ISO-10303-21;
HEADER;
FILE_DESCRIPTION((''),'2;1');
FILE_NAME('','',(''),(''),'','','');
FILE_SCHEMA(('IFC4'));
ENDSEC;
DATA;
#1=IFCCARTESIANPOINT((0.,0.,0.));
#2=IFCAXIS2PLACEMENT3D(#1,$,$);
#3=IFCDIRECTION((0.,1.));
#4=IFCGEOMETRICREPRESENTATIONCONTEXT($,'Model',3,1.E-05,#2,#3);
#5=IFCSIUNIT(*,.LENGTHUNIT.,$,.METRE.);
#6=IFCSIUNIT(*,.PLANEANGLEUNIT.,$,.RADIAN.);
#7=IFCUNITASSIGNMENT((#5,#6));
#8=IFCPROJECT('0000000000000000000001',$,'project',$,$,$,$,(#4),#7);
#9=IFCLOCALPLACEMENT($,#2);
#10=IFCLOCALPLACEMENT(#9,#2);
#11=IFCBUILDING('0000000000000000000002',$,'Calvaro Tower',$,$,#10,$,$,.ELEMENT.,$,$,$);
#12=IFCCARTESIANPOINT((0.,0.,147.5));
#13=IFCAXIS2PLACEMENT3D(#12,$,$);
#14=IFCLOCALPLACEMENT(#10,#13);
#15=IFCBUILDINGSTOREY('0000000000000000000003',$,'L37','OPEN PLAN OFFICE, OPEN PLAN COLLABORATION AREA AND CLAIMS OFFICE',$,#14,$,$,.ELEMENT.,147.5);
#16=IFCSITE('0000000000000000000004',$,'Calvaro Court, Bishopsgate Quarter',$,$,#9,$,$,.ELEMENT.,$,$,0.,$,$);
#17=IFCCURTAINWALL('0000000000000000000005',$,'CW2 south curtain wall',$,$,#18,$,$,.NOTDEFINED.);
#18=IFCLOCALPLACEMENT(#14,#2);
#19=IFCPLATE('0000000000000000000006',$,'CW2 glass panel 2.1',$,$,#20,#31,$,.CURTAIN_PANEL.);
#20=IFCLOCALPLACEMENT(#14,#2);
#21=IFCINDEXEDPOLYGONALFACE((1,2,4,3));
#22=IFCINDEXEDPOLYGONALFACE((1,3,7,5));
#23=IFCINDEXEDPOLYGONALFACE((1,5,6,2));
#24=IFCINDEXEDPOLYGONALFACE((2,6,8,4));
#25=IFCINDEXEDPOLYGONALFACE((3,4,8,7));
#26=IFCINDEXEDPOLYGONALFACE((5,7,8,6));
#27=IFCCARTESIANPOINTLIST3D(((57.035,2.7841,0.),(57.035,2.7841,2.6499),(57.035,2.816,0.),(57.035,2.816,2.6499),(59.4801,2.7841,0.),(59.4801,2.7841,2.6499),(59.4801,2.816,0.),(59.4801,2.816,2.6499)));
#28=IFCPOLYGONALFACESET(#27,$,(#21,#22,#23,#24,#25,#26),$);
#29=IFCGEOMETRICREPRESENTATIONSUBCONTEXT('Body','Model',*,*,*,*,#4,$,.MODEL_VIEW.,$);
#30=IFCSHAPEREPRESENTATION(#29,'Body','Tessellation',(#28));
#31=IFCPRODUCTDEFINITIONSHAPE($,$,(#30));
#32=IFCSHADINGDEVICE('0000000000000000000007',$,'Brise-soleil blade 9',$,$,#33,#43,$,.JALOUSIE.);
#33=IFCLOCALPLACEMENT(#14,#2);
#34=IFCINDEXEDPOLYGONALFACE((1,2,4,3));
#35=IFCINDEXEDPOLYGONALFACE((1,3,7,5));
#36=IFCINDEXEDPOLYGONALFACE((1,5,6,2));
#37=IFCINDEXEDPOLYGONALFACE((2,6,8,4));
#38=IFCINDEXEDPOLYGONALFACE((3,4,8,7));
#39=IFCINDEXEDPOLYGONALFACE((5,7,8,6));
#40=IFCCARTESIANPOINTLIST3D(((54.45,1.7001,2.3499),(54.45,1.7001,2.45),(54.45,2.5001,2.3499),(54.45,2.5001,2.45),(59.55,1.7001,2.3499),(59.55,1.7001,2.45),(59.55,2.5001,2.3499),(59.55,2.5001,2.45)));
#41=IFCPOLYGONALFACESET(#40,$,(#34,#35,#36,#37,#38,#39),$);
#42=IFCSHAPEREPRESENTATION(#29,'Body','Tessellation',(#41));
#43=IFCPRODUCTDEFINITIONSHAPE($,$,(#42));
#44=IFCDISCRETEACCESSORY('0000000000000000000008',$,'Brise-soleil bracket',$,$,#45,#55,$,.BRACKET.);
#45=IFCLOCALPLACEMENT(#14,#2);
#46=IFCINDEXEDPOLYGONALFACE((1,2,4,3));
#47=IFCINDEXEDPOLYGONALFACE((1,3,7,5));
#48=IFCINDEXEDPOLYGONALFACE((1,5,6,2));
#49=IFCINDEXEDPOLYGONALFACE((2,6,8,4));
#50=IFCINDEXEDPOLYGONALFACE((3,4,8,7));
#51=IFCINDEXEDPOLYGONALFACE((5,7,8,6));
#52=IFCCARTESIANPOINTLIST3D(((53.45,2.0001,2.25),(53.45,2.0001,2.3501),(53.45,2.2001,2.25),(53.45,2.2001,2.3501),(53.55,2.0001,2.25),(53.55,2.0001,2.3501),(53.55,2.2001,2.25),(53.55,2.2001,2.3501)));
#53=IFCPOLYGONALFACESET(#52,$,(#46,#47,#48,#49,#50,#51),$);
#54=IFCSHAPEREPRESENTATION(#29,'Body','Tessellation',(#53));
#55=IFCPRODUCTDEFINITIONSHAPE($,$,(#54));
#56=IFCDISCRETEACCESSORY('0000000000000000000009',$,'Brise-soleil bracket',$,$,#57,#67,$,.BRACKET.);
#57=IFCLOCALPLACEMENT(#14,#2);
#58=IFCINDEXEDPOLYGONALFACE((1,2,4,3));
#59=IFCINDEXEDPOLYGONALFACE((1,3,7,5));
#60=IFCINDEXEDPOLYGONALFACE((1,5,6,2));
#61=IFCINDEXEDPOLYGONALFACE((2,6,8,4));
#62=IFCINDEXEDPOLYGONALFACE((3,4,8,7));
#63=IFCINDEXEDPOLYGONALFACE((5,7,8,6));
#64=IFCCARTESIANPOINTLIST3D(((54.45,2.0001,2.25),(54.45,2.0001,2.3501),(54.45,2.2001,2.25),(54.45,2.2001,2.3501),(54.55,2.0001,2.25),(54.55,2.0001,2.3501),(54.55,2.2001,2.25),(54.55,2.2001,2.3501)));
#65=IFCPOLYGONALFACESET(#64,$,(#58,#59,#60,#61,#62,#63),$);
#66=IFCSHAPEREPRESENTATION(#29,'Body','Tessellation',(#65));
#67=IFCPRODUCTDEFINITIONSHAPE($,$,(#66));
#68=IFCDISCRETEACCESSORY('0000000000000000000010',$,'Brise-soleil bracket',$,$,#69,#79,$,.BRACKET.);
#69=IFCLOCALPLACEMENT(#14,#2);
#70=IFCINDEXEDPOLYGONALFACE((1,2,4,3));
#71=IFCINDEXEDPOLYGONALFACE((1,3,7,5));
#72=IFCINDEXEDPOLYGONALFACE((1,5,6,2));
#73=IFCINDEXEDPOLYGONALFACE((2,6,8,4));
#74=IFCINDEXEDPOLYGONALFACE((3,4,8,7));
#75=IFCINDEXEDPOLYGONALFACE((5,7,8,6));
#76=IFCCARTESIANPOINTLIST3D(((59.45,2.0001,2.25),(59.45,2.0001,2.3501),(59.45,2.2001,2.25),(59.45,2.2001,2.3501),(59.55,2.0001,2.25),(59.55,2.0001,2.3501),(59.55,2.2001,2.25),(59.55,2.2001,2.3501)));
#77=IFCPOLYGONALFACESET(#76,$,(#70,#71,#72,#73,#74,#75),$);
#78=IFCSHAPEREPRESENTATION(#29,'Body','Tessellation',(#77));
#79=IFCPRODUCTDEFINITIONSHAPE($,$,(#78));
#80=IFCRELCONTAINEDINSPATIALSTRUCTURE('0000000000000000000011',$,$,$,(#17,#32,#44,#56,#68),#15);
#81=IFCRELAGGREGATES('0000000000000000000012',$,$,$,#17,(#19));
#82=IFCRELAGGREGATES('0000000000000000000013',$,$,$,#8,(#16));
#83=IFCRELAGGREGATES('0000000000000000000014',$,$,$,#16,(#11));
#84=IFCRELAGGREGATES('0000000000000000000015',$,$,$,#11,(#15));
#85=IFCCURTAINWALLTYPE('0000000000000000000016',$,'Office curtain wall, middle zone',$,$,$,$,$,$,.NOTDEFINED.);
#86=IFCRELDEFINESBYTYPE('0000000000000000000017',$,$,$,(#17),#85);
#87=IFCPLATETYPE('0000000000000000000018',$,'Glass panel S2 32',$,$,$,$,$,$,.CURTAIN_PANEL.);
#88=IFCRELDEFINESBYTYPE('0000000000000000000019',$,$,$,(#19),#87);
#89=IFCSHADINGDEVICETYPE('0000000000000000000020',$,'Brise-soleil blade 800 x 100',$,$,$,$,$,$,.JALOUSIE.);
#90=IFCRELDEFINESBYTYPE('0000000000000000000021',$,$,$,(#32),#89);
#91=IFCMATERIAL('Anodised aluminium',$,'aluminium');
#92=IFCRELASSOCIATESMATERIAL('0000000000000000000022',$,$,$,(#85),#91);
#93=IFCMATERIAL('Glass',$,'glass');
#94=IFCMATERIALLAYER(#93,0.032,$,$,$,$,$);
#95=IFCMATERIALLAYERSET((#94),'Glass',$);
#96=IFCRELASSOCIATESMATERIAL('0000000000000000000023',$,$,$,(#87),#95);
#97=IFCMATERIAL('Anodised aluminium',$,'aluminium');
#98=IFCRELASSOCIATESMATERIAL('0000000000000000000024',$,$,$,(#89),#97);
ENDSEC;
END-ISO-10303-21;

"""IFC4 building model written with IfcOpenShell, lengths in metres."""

from ifc_helpers import new_model, si_unit, direction, frame, origin, origin_2d, place, context, subcontext, project, spatial, rectangle, extrude, material, layer, layer_set, material_profile, profile_set, type_object, element, aggregate, save


model = new_model("IFC4")

# Units and contexts
model_context = context("Model", 3, precision=1e-05, world=origin(), true_north=direction((0.0, 1.0)))
body_context = subcontext(model_context, "Body", "Model", "MODEL_VIEW")
ifc_project = project(units=[si_unit("LENGTHUNIT", "METRE"), si_unit("PLANEANGLEUNIT", "RADIAN")], contexts=[model_context])

# Site, building, storey
site_placement = place(None, origin())
site = spatial("IfcSite", under=ifc_project, at=site_placement, Name="Calvaro Court, Bishopsgate Quarter", CompositionType="ELEMENT", RefElevation=0.0)
building_placement = place(site_placement, origin())
building = spatial("IfcBuilding", under=site, at=building_placement, Name="Calvaro Tower", CompositionType="ELEMENT")
storey_placement = place(building_placement, frame((0.0, 0.0, 147.5)))
storey = spatial("IfcBuildingStorey", under=building, at=storey_placement, Name="L37", Description="OPEN PLAN OFFICE, OPEN PLAN COLLABORATION AREA AND CLAIMS OFFICE", CompositionType="ELEMENT", Elevation=147.5)

# Curtain wall
ifc_material_1 = material(Name="Anodised aluminium", Category="aluminium")
curtain_wall_type = type_object("IfcCurtainWallType", Name="Office curtain wall, middle zone", PredefinedType="NOTDEFINED", material=ifc_material_1)
curtain_wall_1_placement = place(storey_placement, origin())
curtain_wall_1 = element("IfcCurtainWall", 1, at=curtain_wall_1_placement, inside=storey, type_object=curtain_wall_type, Name="CW2 south curtain wall", PredefinedType="NOTDEFINED")

# Plate
ifc_material_2 = material(Name="Glass", Category="glass")
ifc_layer = layer(ifc_material_2, 0.032)
ifc_layer_set = layer_set([ifc_layer], Name="Glass")
plate_type = type_object("IfcPlateType", Name="Glass panel S2 32", PredefinedType="CURTAIN_PANEL", material=ifc_layer_set)
plate_1_placement = place(storey_placement, frame((58.2576, 2.8, 0.0), z_axis=(0.0, 0.0, 1.0), x_axis=(1.0, 0.0, 0.0)))
plate_1 = element("IfcPlate", 2, at=plate_1_placement, type_object=plate_type, Name="CW2 glass panel 2.1", PredefinedType="CURTAIN_PANEL", context=body_context, shape_type="SweptSolid", body=[
    extrude(rectangle(XDim=2.4451, YDim=0.032, at=origin_2d()), origin(), (0.0, 0.0, 1.0), 2.6499),
])
aggregate(curtain_wall_1, [plate_1])

# Shading device
ifc_material_3 = material(Name="Anodised aluminium", Category="aluminium")
ifc_material_profile_1 = material_profile(ifc_material_3, rectangle(XDim=0.8, YDim=0.1001, at=origin_2d()), Name="Brise-soleil blade 800 x 100")
ifc_profile_set_1 = profile_set([ifc_material_profile_1], Name="Anodised aluminium")
shading_device_type = type_object("IfcShadingDeviceType", Name="Brise-soleil blade 800 x 100", PredefinedType="JALOUSIE", material=ifc_profile_set_1)
shading_device_placement = place(storey_placement, frame((54.45, 2.1001, 2.3999), z_axis=(1.0, 0.0, 0.0), x_axis=(0.0, 1.0, 0.0)))
element("IfcShadingDevice", 3, at=shading_device_placement, inside=storey, type_object=shading_device_type, Name="Brise-soleil blade 9", PredefinedType="JALOUSIE", context=body_context, shape_type="SweptSolid", body=[
    extrude(rectangle(XDim=0.8, YDim=0.1001, at=origin_2d()), origin(), (0.0, 0.0, 1.0), 5.1001),
])

# Discrete accessories
for number, where, z_axis, x_axis, name in (
    (4, (53.5, 2.1001, 2.25), (0.0, 0.0, 1.0), (1.0, 0.0, 0.0), "Brise-soleil bracket"),
    (5, (54.5, 2.1001, 2.25), (0.0, 0.0, 1.0), (1.0, 0.0, 0.0), "Brise-soleil bracket"),
    (6, (59.5, 2.1001, 2.25), (0.0, 0.0, 1.0), (1.0, 0.0, 0.0), "Brise-soleil bracket"),
):
    element("IfcDiscreteAccessory", number, at=place(storey_placement, frame(where, z_axis=z_axis, x_axis=x_axis)), inside=storey, Name=name, PredefinedType="BRACKET", context=body_context, shape_type="SweptSolid", body=[
        extrude(rectangle(XDim=0.1001, YDim=0.2, at=origin_2d()), origin(), (0.0, 0.0, 1.0), 0.1001),
    ])

save(model, "model.ifc")
